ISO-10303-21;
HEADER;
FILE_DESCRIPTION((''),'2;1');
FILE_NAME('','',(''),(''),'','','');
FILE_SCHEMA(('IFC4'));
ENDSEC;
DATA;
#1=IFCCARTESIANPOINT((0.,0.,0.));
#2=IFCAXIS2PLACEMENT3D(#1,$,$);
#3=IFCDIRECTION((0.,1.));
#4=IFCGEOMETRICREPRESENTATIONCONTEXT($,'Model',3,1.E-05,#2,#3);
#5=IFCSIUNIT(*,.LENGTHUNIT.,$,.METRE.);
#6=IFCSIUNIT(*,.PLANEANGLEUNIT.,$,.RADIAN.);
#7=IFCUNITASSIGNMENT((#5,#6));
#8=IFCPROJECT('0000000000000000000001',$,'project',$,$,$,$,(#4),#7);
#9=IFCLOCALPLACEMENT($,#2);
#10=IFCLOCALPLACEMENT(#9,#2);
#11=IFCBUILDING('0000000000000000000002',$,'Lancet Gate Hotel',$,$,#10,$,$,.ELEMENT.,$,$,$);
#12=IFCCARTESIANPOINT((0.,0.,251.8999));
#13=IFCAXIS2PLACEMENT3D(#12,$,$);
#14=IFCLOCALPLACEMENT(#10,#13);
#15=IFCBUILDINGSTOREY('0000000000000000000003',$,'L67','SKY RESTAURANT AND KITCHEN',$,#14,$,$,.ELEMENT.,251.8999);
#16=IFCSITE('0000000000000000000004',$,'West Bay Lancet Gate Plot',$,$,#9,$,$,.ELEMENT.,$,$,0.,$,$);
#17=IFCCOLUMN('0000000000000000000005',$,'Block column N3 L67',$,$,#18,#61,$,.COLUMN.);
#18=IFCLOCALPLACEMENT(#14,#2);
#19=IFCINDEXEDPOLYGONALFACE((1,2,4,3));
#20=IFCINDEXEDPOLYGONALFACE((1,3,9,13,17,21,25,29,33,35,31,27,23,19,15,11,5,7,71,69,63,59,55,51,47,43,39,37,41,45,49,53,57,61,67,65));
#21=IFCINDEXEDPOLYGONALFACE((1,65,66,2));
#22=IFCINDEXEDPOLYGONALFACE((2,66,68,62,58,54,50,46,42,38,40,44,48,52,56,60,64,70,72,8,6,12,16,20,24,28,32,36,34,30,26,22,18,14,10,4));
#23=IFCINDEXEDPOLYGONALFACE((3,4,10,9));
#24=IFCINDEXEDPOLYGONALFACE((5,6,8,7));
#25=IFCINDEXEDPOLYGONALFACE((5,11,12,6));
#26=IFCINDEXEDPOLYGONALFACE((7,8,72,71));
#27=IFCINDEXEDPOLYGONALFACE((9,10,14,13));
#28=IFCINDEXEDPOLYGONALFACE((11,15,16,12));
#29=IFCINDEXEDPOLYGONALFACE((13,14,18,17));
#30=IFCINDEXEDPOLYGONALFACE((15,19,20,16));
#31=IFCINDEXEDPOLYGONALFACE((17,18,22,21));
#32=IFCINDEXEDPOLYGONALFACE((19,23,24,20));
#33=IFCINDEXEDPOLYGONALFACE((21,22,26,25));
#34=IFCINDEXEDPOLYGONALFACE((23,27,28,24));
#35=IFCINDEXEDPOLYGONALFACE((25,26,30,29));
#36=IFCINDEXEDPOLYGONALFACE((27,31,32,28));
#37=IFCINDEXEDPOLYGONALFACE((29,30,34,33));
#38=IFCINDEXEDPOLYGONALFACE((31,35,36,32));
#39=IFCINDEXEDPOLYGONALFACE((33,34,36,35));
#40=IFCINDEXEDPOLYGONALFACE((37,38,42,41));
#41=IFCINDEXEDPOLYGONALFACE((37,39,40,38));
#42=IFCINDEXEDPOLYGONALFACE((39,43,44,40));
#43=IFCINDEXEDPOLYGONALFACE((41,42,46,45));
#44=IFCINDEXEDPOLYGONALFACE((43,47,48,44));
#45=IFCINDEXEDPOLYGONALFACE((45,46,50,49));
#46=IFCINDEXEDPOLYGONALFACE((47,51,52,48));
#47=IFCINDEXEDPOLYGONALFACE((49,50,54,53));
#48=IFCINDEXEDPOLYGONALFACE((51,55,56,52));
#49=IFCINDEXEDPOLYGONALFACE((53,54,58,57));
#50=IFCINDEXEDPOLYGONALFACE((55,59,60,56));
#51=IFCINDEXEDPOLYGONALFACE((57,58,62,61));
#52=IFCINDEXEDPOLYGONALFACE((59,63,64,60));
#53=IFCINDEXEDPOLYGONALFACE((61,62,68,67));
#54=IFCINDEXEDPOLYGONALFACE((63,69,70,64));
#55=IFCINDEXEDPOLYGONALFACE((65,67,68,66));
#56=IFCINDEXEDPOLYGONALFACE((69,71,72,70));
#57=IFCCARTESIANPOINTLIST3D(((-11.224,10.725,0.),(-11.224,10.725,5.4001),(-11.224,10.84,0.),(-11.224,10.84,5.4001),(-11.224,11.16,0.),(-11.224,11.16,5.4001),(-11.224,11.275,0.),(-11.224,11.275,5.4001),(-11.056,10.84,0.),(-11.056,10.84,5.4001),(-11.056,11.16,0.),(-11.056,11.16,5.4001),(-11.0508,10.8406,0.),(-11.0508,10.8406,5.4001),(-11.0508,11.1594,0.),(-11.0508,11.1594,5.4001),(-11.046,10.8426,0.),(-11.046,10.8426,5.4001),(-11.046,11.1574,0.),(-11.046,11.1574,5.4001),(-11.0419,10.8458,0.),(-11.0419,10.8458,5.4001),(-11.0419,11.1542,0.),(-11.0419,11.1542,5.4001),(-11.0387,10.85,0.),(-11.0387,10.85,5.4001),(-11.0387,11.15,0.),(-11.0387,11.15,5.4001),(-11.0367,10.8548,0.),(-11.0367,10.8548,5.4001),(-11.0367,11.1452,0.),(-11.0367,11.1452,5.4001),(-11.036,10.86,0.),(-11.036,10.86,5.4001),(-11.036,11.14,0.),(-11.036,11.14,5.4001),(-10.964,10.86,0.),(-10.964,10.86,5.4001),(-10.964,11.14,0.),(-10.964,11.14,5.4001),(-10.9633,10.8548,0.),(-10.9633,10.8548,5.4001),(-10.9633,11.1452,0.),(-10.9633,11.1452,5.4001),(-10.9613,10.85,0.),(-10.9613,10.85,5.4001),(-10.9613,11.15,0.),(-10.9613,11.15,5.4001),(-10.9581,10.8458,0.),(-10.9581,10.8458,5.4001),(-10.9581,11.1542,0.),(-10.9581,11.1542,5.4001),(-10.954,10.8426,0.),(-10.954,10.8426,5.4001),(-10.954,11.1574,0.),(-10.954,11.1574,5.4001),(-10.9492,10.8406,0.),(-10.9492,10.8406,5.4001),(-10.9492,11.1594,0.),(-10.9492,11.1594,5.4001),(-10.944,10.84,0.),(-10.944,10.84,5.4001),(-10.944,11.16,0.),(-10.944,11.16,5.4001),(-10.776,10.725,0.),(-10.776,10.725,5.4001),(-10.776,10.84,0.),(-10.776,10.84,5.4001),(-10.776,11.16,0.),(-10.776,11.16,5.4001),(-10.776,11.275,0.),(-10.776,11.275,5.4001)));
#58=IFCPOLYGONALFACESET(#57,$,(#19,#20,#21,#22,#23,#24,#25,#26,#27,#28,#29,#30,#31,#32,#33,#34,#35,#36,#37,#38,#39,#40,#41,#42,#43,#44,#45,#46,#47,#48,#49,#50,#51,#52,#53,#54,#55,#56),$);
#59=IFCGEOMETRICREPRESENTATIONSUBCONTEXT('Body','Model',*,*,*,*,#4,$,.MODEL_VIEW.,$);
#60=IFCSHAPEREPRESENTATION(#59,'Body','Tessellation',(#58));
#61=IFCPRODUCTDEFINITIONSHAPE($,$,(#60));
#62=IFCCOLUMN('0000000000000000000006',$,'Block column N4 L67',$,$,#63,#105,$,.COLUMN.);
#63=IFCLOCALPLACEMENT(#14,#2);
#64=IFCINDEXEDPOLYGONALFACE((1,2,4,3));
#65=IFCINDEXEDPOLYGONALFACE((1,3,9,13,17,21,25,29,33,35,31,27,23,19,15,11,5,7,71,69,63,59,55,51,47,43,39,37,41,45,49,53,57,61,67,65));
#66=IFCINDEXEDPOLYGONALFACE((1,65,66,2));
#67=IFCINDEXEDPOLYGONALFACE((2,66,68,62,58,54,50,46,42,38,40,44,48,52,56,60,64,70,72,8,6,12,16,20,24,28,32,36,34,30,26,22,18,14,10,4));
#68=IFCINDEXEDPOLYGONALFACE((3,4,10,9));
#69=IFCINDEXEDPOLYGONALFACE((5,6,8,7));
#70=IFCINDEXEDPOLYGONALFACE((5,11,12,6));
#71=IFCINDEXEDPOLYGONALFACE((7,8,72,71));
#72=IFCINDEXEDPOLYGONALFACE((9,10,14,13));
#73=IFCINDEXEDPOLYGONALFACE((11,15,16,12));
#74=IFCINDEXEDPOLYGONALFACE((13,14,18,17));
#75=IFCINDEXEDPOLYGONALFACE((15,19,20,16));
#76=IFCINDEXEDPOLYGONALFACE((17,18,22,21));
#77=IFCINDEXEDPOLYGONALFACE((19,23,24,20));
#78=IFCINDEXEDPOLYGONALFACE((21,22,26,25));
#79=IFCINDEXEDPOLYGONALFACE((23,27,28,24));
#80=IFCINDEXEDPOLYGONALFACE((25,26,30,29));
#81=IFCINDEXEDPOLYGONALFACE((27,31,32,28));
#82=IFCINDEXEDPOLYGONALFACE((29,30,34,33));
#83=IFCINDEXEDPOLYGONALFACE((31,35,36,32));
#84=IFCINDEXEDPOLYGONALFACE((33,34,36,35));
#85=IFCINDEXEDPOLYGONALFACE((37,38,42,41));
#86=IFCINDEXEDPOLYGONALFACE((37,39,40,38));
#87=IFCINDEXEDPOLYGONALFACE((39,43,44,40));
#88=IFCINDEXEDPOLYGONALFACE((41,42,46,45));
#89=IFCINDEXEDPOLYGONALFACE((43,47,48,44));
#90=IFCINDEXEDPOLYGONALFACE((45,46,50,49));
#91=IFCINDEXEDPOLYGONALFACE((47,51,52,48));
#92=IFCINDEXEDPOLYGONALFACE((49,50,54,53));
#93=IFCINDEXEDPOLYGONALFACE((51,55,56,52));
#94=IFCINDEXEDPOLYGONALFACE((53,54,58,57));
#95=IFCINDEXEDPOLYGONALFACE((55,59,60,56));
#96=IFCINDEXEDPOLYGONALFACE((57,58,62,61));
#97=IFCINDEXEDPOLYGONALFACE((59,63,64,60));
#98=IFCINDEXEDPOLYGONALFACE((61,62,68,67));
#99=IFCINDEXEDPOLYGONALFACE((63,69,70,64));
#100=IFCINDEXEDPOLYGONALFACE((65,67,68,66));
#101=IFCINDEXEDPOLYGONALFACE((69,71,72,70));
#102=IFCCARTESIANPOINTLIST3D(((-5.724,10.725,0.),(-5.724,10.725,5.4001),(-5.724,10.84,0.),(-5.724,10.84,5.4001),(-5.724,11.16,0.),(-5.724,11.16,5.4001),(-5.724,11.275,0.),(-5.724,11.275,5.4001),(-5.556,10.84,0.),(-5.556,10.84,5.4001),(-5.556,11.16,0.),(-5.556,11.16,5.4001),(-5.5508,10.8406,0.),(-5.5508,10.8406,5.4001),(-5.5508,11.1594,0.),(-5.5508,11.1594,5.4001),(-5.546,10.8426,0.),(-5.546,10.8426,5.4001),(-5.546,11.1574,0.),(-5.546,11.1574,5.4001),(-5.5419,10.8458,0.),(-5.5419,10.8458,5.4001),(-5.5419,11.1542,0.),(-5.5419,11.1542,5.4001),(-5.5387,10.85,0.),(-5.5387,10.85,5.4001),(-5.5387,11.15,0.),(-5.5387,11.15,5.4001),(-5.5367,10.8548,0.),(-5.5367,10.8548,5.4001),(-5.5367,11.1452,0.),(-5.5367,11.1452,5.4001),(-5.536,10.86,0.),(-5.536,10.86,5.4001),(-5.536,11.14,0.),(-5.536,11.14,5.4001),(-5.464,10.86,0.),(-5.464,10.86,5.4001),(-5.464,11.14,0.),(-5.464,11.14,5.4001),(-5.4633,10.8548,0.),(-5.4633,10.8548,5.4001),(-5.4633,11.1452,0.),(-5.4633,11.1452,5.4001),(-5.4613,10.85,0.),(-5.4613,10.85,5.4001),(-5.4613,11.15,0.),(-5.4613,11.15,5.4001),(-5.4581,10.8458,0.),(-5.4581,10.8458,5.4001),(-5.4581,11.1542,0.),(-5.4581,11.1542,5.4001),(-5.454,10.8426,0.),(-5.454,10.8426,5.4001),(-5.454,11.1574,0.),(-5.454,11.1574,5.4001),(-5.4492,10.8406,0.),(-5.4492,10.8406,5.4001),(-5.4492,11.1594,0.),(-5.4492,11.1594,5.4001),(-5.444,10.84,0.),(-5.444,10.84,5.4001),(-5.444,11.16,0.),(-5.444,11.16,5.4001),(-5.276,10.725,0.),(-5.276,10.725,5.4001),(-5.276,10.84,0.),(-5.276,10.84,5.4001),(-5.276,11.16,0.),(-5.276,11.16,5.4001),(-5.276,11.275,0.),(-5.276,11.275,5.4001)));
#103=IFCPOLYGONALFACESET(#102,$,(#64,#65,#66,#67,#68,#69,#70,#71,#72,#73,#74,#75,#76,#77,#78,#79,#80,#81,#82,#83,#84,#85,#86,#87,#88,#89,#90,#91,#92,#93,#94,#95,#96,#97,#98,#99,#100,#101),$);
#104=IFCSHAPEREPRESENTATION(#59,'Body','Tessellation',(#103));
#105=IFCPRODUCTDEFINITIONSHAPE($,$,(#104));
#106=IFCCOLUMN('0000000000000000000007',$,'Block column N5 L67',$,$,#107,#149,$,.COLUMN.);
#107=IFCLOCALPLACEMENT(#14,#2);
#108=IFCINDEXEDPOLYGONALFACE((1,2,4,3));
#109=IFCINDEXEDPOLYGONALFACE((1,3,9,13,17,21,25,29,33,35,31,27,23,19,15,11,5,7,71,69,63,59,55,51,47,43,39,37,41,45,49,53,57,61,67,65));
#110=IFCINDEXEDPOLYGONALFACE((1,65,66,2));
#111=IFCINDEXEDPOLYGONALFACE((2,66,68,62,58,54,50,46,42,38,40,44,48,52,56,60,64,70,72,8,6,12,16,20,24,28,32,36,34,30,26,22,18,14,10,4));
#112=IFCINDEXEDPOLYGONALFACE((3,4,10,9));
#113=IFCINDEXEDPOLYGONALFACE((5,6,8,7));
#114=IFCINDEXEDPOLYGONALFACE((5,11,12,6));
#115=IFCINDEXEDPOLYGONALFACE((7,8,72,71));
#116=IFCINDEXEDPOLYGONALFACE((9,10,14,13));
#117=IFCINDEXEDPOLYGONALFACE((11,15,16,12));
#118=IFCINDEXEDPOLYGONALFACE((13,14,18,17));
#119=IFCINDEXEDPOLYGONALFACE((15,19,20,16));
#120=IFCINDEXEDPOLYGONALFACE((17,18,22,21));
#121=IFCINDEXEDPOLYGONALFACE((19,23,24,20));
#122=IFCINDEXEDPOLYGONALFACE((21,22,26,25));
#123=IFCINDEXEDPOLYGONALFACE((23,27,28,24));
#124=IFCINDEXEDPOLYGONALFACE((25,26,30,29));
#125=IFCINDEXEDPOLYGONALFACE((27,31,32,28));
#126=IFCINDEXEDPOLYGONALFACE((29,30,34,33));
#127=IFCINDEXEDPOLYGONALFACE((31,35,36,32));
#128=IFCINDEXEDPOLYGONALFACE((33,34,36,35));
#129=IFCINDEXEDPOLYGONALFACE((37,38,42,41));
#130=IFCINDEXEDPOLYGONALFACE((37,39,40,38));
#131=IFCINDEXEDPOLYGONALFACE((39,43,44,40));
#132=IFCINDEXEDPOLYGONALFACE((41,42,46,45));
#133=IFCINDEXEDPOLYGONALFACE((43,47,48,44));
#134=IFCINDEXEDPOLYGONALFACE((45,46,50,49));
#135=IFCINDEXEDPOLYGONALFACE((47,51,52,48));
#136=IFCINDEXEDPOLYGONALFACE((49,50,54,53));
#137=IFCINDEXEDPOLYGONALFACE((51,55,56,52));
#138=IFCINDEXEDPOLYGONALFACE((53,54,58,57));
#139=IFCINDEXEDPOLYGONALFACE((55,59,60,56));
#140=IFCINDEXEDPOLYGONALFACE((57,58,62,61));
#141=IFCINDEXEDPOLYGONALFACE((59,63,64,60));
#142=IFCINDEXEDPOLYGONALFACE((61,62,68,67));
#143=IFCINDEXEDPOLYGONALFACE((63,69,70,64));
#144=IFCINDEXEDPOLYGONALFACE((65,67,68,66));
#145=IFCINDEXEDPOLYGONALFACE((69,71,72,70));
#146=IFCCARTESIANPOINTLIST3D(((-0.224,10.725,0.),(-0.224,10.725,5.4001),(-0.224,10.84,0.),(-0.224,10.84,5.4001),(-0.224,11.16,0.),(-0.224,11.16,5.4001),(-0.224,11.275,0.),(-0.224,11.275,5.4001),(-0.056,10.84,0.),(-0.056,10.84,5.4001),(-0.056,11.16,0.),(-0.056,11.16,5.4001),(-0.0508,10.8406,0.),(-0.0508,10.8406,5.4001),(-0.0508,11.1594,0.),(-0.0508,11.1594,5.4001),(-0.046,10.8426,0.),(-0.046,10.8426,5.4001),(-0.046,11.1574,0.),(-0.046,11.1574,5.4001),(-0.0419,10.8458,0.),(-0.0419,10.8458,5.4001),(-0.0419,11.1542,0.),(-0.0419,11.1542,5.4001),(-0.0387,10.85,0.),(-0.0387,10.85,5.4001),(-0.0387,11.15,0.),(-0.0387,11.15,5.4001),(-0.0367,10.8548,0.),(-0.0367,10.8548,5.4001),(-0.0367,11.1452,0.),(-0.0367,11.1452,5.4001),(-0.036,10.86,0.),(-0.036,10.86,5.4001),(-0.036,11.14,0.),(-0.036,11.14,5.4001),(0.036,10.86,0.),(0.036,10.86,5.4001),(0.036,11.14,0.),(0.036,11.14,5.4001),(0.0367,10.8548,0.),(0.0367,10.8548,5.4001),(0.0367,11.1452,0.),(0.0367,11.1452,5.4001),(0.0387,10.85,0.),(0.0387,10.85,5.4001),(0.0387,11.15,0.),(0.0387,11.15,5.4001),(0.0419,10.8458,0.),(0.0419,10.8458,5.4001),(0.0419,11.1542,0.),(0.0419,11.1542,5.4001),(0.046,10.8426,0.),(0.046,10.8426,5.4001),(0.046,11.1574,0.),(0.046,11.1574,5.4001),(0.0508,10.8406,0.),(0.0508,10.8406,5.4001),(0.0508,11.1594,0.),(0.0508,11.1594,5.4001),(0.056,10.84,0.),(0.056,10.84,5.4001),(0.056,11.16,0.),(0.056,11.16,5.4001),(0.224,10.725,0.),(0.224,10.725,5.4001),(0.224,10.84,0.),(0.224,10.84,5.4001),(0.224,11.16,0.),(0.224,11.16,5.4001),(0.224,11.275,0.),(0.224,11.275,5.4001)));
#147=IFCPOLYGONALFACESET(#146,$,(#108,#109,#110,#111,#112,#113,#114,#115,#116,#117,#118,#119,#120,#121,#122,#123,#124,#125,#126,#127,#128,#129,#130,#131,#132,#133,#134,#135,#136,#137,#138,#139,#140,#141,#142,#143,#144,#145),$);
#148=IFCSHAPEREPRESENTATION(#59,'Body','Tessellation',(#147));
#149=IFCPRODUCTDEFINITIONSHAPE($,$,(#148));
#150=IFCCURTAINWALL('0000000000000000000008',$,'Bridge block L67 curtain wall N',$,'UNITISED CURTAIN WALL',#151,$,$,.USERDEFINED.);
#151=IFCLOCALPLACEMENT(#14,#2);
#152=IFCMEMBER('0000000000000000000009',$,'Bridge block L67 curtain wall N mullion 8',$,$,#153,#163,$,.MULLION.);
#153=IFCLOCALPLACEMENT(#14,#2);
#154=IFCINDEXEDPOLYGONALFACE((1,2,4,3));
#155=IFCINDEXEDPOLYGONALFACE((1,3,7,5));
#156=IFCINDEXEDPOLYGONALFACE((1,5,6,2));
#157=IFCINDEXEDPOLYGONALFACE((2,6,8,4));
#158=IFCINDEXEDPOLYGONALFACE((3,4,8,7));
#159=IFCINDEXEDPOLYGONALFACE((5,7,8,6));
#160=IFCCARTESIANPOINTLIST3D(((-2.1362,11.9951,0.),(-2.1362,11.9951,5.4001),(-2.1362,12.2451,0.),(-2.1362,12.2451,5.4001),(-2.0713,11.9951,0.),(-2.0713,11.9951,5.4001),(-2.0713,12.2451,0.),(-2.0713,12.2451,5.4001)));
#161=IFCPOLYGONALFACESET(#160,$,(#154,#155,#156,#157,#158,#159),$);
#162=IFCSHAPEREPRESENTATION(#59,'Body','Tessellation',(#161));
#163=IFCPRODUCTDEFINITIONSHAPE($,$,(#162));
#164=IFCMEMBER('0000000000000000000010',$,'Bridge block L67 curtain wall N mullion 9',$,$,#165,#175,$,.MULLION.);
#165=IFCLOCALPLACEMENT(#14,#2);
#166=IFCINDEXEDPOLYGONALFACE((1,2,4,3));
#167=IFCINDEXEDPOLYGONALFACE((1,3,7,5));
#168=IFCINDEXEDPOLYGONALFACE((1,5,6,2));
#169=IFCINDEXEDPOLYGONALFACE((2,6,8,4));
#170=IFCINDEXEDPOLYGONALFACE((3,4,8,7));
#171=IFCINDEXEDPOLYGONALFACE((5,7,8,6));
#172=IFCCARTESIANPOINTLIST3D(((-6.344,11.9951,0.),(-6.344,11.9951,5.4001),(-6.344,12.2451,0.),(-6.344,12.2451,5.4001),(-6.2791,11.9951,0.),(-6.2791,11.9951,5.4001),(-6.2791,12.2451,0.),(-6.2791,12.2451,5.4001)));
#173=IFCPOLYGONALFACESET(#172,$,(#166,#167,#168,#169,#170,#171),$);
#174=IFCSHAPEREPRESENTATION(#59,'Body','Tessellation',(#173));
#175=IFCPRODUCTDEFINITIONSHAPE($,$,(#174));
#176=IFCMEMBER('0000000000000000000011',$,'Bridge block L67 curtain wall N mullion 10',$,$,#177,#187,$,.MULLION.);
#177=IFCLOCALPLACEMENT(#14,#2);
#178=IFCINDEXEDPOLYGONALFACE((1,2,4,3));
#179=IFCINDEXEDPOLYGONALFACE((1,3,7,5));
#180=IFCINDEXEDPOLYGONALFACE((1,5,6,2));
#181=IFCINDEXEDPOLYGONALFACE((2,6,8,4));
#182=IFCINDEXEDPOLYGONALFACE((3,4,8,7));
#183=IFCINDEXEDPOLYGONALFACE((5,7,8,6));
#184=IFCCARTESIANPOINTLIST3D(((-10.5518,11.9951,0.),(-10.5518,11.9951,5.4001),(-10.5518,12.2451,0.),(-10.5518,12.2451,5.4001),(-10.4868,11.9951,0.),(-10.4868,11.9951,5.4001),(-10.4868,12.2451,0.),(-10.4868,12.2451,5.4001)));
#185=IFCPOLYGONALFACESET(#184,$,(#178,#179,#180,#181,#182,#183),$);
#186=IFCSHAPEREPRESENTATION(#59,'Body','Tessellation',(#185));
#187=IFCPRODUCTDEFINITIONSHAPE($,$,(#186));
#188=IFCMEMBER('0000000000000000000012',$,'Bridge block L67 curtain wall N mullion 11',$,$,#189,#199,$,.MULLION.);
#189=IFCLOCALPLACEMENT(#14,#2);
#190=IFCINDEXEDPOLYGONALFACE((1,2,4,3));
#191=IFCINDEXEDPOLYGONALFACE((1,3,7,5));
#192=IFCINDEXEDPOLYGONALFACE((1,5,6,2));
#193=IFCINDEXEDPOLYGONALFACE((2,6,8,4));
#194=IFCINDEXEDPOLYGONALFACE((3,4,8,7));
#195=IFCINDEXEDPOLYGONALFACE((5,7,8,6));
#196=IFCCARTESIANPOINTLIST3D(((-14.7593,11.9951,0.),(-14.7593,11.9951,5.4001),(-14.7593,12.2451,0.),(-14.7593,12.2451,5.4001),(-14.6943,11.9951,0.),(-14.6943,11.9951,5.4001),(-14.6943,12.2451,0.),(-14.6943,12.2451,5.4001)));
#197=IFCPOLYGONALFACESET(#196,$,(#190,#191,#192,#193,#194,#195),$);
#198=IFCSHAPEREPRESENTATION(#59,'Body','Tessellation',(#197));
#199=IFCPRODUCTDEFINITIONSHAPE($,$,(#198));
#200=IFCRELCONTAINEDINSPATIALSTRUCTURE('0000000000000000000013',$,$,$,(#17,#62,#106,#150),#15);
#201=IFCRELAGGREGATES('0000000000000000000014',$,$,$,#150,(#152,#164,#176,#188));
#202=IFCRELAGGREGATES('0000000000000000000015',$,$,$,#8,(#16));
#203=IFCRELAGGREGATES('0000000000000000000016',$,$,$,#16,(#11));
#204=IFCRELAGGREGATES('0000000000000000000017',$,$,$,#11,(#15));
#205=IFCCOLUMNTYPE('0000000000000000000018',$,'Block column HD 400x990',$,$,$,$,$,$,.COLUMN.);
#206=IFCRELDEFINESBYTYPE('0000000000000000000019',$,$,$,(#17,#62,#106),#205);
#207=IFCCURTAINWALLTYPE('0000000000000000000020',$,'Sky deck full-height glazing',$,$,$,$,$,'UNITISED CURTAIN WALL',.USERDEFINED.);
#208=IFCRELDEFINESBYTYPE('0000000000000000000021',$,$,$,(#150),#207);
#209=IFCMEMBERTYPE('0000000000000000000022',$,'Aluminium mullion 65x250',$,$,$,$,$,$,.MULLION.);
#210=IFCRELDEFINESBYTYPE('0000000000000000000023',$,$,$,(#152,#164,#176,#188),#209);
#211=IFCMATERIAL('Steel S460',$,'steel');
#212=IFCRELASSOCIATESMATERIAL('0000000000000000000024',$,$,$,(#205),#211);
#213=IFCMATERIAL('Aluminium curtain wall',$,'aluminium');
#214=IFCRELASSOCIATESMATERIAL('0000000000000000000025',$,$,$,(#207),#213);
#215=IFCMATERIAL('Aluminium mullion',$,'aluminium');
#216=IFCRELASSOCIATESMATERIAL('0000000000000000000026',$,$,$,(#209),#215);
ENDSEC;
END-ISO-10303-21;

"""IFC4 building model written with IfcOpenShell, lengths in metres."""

from ifc_helpers import new_model, si_unit, direction, frame, origin, origin_2d, place, context, subcontext, project, spatial, rectangle, i_section, extrude, material, material_profile, profile_set, type_object, element, aggregate, save


model = new_model("IFC4")

# Units and contexts
model_context = context("Model", 3, precision=1e-05, world=origin(), true_north=direction((0.0, 1.0)))
body_context = subcontext(model_context, "Body", "Model", "MODEL_VIEW")
ifc_project = project(units=[si_unit("LENGTHUNIT", "METRE"), si_unit("PLANEANGLEUNIT", "RADIAN")], contexts=[model_context])

# Site, building, storey
site_placement = place(None, origin())
site = spatial("IfcSite", under=ifc_project, at=site_placement, Name="West Bay Lancet Gate Plot", CompositionType="ELEMENT", RefElevation=0.0)
building_placement = place(site_placement, origin())
building = spatial("IfcBuilding", under=site, at=building_placement, Name="Lancet Gate Hotel", CompositionType="ELEMENT")
storey_placement = place(building_placement, frame((0.0, 0.0, 251.8999)))
storey = spatial("IfcBuildingStorey", under=building, at=storey_placement, Name="L67", Description="SKY RESTAURANT AND KITCHEN", CompositionType="ELEMENT", Elevation=251.8999)

# Columns
ifc_material_1 = material(Name="Steel S460", Category="steel")
ifc_material_profile_1 = material_profile(ifc_material_1, i_section(OverallWidth=0.448, OverallDepth=0.55, WebThickness=0.072, FlangeThickness=0.115, FilletRadius=0.02, at=origin_2d()), Name="HD 400x990")
ifc_profile_set_1 = profile_set([ifc_material_profile_1], Name="Steel S460")
column_type = type_object("IfcColumnType", Name="Block column HD 400x990", PredefinedType="COLUMN", material=ifc_profile_set_1)
for number, where, z_axis, x_axis, name in (
    (1, (-11.0, 11.0, 0.0), (0.0, 0.0, 1.0), (1.0, 0.0, 0.0), "Block column N3 L67"),
    (2, (-5.5, 11.0, 0.0), (0.0, 0.0, 1.0), (1.0, 0.0, 0.0), "Block column N4 L67"),
    (3, (0.0, 11.0, 0.0), (0.0, 0.0, 1.0), (1.0, 0.0, 0.0), "Block column N5 L67"),
):
    element("IfcColumn", number, at=place(storey_placement, frame(where, z_axis=z_axis, x_axis=x_axis)), inside=storey, type_object=column_type, Name=name, PredefinedType="COLUMN", context=body_context, shape_type="SweptSolid", body=[
        extrude(i_section(OverallWidth=0.448, OverallDepth=0.55, WebThickness=0.072, FlangeThickness=0.115, FilletRadius=0.02, at=origin_2d()), origin(), (0.0, 0.0, 1.0), 5.4001),
    ])

# Curtain wall, members
ifc_material_2 = material(Name="Aluminium curtain wall", Category="aluminium")
curtain_wall_type = type_object("IfcCurtainWallType", Name="Sky deck full-height glazing", ElementType="UNITISED CURTAIN WALL", PredefinedType="USERDEFINED", material=ifc_material_2)
curtain_wall_placement = place(storey_placement, origin())
curtain_wall = element("IfcCurtainWall", 4, at=curtain_wall_placement, inside=storey, type_object=curtain_wall_type, Name="Bridge block L67 curtain wall N", ObjectType="UNITISED CURTAIN WALL", PredefinedType="USERDEFINED")
ifc_material_3 = material(Name="Aluminium mullion", Category="aluminium")
ifc_material_profile_2 = material_profile(ifc_material_3, rectangle(XDim=0.0649, YDim=0.25, at=origin_2d()), Name="MULLION 65x250")
ifc_profile_set_2 = profile_set([ifc_material_profile_2], Name="Aluminium mullion")
member_type_1 = type_object("IfcMemberType", Name="Aluminium mullion 65x250", PredefinedType="MULLION", material=ifc_profile_set_2)
member_1_placement = place(storey_placement, frame((-2.1038, 12.1201, 0.0), z_axis=(0.0, 0.0, 1.0), x_axis=(-1.0, 0.0, 0.0)))
member_1 = element("IfcMember", 5, at=member_1_placement, type_object=member_type_1, Name="Bridge block L67 curtain wall N mullion 8", PredefinedType="MULLION", context=body_context, shape_type="SweptSolid", body=[
    extrude(rectangle(XDim=0.0649, YDim=0.25, at=origin_2d()), origin(), (0.0, 0.0, 1.0), 5.4001),
])
member_2_placement = place(storey_placement, frame((-6.3115, 12.1201, 0.0), z_axis=(0.0, 0.0, 1.0), x_axis=(-1.0, 0.0, 0.0)))
member_2 = element("IfcMember", 6, at=member_2_placement, type_object=member_type_1, Name="Bridge block L67 curtain wall N mullion 9", PredefinedType="MULLION", context=body_context, shape_type="SweptSolid", body=[
    extrude(rectangle(XDim=0.0649, YDim=0.25, at=origin_2d()), origin(), (0.0, 0.0, 1.0), 5.4001),
])
member_3_placement = place(storey_placement, frame((-10.5193, 12.1201, 0.0), z_axis=(0.0, 0.0, 1.0), x_axis=(-1.0, 0.0, 0.0)))
member_3 = element("IfcMember", 7, at=member_3_placement, type_object=member_type_1, Name="Bridge block L67 curtain wall N mullion 10", PredefinedType="MULLION", context=body_context, shape_type="SweptSolid", body=[
    extrude(rectangle(XDim=0.0649, YDim=0.25, at=origin_2d()), origin(), (0.0, 0.0, 1.0), 5.4001),
])
member_4_placement = place(storey_placement, frame((-14.7268, 12.1201, 0.0), z_axis=(0.0, 0.0, 1.0), x_axis=(-1.0, 0.0, 0.0)))
member_4 = element("IfcMember", 8, at=member_4_placement, type_object=member_type_1, Name="Bridge block L67 curtain wall N mullion 11", PredefinedType="MULLION", context=body_context, shape_type="SweptSolid", body=[
    extrude(rectangle(XDim=0.0649, YDim=0.25, at=origin_2d()), origin(), (0.0, 0.0, 1.0), 5.4001),
])

aggregate(curtain_wall, [member_1, member_2, member_3, member_4])

save(model, "model.ifc")
